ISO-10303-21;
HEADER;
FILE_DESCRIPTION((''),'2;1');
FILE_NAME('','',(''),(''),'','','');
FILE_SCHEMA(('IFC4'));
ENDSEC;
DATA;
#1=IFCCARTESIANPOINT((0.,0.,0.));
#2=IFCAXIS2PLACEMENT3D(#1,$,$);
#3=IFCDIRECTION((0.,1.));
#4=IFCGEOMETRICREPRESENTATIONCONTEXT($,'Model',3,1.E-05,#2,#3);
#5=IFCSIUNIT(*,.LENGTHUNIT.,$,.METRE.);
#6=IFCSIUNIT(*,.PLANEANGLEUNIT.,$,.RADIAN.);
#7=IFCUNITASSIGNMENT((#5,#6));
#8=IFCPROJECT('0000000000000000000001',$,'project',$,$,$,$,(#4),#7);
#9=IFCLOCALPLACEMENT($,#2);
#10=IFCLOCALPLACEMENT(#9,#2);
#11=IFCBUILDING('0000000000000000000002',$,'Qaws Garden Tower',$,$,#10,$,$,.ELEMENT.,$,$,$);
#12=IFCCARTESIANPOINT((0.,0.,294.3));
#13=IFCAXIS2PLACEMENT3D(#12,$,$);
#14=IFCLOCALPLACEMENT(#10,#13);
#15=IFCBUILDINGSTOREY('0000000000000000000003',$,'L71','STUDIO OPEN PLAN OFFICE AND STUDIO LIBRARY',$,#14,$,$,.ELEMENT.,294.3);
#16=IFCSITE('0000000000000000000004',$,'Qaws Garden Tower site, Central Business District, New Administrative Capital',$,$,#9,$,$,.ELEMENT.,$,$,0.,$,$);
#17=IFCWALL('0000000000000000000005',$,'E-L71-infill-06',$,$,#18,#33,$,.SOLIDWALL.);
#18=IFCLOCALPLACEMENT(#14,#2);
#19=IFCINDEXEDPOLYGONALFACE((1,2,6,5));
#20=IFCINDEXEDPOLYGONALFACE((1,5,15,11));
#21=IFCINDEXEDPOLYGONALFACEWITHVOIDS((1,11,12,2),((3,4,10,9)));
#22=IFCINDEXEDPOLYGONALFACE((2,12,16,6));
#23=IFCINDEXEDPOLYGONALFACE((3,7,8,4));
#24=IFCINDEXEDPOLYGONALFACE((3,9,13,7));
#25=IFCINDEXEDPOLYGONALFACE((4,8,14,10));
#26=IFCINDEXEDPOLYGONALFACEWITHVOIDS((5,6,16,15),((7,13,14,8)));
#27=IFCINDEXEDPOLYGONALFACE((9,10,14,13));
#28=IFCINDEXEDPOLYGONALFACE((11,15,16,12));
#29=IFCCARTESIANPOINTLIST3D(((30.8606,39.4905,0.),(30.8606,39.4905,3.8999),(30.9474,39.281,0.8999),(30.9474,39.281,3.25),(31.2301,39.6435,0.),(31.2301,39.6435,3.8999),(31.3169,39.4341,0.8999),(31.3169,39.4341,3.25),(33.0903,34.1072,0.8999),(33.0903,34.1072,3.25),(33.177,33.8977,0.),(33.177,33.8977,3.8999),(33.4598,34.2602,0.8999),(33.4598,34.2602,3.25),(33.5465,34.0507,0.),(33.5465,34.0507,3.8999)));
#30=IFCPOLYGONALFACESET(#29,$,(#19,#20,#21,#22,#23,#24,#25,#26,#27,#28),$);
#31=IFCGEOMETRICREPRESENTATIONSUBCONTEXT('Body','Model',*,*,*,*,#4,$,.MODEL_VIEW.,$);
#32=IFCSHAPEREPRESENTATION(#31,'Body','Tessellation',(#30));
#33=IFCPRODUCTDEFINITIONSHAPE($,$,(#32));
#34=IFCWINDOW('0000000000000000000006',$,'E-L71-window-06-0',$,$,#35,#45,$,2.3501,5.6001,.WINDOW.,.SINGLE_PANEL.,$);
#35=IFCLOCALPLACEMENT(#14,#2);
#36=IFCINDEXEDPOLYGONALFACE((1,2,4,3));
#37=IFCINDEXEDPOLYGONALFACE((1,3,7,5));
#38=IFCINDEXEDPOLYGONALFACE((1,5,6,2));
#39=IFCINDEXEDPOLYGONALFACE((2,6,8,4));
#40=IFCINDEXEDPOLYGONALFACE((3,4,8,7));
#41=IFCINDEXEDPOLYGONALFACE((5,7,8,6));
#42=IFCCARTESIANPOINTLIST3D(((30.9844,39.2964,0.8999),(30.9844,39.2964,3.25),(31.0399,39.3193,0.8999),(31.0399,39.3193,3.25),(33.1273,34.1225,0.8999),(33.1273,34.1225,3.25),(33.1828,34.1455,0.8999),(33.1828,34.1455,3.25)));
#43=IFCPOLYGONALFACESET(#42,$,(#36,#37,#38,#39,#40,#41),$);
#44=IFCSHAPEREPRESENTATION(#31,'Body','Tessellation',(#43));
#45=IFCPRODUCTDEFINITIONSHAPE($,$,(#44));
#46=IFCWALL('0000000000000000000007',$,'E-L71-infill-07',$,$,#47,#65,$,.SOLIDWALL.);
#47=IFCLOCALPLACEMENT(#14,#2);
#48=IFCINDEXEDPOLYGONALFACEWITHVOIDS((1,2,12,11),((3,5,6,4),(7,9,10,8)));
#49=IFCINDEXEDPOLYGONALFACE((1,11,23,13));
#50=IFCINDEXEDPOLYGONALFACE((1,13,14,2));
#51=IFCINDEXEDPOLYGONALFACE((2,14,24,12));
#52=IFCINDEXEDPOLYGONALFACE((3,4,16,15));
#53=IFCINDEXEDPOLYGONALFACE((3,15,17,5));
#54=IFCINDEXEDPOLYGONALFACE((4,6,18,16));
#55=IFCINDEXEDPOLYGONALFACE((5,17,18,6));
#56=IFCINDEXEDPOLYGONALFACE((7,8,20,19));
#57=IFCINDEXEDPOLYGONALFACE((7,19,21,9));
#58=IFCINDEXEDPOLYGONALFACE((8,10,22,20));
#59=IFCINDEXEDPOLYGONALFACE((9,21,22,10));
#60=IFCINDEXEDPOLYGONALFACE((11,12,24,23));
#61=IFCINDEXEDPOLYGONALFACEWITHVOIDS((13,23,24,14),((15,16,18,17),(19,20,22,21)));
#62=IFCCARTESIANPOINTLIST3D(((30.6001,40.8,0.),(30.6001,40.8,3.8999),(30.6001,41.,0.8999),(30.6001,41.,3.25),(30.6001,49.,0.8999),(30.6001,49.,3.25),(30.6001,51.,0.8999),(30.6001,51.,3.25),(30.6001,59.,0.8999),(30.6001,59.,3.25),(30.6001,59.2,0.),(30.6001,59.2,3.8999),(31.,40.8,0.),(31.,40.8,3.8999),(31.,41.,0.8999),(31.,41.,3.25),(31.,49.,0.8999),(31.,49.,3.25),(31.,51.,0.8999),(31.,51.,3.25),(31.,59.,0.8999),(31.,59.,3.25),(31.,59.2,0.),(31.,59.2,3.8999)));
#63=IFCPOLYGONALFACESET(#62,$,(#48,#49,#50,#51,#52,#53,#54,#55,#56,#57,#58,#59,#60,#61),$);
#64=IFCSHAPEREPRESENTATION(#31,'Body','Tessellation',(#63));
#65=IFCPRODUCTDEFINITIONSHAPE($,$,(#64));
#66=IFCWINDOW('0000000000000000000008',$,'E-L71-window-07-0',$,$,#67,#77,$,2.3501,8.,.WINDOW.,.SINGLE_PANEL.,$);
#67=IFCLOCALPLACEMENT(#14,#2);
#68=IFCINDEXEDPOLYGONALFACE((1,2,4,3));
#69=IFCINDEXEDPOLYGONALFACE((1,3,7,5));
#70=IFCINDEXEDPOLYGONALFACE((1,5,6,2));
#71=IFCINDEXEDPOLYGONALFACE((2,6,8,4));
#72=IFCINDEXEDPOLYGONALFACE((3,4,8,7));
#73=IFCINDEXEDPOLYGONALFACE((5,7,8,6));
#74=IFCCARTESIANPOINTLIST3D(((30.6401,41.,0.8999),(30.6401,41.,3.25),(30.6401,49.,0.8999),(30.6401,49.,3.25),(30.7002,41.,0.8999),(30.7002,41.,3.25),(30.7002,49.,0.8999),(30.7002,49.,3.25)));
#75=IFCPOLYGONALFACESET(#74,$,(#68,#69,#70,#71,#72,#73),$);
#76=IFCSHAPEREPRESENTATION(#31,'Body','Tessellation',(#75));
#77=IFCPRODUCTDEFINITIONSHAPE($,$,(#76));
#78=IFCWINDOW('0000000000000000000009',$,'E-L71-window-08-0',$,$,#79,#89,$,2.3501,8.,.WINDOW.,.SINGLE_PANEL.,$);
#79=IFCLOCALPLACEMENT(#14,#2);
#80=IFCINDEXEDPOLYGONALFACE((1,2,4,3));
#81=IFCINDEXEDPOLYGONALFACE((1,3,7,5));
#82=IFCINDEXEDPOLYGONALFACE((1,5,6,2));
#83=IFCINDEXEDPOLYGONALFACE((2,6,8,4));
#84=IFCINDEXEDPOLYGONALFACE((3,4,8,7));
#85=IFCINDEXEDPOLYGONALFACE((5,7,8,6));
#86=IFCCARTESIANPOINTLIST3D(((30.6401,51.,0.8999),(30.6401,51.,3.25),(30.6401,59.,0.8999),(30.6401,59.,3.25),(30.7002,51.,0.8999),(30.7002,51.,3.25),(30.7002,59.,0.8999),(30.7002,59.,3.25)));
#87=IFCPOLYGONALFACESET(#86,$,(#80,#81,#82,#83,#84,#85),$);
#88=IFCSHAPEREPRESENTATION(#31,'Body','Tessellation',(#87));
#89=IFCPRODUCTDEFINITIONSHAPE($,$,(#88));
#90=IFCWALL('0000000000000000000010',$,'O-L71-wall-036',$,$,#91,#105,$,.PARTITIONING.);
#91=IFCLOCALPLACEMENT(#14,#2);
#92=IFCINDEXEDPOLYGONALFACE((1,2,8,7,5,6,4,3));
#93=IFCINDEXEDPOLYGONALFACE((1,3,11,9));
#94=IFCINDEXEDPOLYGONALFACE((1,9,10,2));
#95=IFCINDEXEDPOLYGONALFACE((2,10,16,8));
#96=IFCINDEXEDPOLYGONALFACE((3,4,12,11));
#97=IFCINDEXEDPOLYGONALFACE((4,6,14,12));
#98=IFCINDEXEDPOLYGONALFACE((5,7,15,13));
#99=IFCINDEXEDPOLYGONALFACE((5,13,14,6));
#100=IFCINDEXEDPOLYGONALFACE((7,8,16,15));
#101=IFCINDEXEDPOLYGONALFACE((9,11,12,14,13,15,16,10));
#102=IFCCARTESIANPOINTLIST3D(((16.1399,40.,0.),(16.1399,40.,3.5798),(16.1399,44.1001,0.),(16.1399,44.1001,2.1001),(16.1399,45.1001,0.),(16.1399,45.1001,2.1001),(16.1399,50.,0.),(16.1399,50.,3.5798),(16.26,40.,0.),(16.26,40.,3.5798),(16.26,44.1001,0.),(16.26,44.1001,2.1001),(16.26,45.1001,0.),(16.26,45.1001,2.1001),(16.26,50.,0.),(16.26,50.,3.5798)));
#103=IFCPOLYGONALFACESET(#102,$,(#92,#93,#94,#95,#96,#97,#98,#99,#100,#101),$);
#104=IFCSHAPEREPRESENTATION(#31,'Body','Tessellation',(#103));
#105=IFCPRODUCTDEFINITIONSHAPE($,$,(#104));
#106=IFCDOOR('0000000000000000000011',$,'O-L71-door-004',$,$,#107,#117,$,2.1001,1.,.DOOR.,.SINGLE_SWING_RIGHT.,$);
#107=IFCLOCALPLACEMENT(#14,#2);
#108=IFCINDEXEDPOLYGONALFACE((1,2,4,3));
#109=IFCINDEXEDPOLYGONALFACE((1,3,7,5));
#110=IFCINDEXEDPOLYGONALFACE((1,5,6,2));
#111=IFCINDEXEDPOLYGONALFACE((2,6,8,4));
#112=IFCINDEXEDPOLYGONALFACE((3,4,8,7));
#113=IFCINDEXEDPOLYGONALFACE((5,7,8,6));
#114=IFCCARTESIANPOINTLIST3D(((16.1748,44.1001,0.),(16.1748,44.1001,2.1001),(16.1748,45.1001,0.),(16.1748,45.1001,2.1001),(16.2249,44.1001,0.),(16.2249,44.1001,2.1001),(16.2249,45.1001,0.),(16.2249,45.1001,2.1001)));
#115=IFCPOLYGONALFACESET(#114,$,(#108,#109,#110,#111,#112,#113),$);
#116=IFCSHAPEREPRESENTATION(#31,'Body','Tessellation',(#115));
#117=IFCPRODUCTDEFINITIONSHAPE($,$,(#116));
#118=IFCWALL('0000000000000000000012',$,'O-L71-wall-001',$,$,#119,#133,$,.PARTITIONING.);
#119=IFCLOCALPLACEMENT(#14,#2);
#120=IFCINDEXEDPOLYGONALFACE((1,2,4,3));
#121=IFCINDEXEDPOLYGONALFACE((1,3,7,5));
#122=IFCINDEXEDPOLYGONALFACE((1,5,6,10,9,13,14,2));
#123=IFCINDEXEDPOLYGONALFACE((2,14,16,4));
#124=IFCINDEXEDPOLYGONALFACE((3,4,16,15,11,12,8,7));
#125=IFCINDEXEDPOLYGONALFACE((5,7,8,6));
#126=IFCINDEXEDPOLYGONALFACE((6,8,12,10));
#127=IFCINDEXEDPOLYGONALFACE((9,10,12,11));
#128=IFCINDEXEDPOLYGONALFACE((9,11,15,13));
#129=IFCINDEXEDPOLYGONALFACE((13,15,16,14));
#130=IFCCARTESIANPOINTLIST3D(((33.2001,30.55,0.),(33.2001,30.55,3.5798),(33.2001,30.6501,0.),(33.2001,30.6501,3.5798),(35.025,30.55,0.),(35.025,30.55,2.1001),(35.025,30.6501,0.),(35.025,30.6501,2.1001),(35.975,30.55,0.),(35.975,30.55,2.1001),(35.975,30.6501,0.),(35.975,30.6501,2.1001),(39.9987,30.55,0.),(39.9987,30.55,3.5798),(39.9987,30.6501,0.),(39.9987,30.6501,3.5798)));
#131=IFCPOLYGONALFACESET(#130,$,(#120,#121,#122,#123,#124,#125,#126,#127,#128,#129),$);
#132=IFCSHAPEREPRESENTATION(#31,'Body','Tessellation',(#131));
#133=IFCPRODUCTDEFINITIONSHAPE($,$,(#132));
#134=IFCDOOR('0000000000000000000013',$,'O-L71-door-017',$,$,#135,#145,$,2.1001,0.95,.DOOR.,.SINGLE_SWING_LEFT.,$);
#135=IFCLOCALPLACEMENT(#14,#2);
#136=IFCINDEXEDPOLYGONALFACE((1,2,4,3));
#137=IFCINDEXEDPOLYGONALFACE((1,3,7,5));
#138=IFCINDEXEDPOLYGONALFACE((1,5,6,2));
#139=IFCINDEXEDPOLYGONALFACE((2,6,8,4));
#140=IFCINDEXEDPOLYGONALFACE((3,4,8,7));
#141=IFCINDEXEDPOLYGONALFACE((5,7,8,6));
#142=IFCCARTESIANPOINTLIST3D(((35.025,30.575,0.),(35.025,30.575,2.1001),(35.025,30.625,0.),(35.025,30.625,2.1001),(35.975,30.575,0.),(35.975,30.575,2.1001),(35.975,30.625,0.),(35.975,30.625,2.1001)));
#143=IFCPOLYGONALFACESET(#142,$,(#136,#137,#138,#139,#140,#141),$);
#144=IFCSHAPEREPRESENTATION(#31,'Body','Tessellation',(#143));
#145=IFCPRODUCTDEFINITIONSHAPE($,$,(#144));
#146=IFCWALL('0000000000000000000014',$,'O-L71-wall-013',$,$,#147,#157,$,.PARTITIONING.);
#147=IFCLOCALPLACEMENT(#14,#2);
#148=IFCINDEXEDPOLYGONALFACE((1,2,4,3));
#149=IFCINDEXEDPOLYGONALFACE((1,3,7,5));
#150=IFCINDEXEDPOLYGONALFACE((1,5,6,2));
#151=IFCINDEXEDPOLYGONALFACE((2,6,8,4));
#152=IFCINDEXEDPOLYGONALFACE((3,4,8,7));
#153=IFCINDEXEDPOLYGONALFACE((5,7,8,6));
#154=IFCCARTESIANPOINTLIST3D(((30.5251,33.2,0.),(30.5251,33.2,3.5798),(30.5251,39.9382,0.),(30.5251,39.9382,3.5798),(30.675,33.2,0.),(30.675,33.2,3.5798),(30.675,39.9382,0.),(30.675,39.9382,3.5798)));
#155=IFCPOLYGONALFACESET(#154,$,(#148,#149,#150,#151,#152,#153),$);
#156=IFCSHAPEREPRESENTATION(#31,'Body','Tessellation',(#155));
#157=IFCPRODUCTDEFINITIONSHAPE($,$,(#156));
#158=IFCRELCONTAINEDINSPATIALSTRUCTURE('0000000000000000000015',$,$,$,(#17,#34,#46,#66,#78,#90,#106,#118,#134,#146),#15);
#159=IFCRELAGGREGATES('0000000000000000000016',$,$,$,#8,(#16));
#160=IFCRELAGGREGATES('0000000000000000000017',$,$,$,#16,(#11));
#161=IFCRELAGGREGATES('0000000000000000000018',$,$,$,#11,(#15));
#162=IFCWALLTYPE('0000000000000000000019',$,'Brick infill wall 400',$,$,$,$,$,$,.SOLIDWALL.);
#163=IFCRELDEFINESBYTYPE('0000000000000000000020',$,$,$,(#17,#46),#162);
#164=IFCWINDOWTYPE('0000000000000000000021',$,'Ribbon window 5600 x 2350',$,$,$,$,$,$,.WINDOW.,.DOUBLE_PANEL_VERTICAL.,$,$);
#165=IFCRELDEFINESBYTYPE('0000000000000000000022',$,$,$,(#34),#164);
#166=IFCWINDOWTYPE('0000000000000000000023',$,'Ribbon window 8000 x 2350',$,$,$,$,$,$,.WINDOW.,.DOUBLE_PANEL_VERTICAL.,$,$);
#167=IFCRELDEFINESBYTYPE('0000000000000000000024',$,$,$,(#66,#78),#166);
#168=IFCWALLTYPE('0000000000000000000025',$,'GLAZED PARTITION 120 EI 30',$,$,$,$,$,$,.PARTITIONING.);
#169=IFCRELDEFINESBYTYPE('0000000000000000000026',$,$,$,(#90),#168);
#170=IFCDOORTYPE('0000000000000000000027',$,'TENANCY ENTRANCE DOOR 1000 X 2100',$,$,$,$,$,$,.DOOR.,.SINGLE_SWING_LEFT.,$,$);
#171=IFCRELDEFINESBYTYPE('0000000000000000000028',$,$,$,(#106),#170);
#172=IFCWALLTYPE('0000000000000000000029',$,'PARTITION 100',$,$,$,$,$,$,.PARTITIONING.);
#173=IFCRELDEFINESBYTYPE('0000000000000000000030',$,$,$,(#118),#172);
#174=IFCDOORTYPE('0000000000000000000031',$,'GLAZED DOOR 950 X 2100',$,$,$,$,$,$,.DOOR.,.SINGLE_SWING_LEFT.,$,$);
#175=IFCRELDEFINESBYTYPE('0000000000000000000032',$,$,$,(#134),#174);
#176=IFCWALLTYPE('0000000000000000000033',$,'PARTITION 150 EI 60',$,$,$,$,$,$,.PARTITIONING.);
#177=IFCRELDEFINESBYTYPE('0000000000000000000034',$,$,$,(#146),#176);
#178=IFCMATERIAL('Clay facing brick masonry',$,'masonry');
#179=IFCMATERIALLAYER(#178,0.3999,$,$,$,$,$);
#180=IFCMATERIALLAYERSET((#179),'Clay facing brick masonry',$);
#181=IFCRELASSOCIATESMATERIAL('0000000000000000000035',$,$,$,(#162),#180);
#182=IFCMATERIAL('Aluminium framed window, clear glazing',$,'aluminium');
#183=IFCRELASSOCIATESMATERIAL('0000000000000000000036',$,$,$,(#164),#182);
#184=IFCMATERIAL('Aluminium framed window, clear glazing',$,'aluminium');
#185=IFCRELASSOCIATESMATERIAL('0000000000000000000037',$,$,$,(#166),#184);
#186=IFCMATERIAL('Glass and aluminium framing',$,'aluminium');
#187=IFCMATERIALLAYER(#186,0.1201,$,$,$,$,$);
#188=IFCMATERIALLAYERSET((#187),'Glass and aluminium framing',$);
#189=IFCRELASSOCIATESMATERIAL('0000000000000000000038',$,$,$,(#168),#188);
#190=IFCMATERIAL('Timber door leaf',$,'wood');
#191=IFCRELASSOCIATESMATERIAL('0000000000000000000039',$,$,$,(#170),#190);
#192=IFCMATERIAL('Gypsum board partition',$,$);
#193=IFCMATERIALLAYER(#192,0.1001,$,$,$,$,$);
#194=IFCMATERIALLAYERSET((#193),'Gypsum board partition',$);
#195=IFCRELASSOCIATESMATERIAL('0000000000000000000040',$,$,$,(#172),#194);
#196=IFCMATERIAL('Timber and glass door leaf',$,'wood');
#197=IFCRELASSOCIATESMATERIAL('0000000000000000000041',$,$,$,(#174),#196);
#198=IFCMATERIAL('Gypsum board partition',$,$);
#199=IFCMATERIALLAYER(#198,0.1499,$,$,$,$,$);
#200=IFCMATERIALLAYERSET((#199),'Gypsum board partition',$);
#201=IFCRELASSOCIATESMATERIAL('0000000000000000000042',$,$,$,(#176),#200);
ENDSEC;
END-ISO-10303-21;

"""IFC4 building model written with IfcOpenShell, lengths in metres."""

from ifc_helpers import new_model, si_unit, direction, frame, frame_2d, origin, place, context, subcontext, project, spatial, rectangle, extrude, material, layer, layer_set, type_object, element, fill, save


model = new_model("IFC4")

# Units and contexts
model_context = context("Model", 3, precision=1e-05, world=origin(), true_north=direction((0.0, 1.0)))
body_context = subcontext(model_context, "Body", "Model", "MODEL_VIEW")
ifc_project = project(units=[si_unit("LENGTHUNIT", "METRE"), si_unit("PLANEANGLEUNIT", "RADIAN")], contexts=[model_context])

# Site, building, storey
site_placement = place(None, origin())
site = spatial("IfcSite", under=ifc_project, at=site_placement, Name="Qaws Garden Tower site, Central Business District, New Administrative Capital", CompositionType="ELEMENT", RefElevation=0.0)
building_placement = place(site_placement, origin())
building = spatial("IfcBuilding", under=site, at=building_placement, Name="Qaws Garden Tower", CompositionType="ELEMENT")
storey_placement = place(building_placement, frame((0.0, 0.0, 294.3)))
storey = spatial("IfcBuildingStorey", under=building, at=storey_placement, Name="L71", Description="STUDIO OPEN PLAN OFFICE AND STUDIO LIBRARY", CompositionType="ELEMENT", Elevation=294.3)

# Wall, opening, window
ifc_material_1 = material(Name="Clay facing brick masonry", Category="masonry")
ifc_layer_1 = layer(ifc_material_1, 0.3999)
ifc_layer_set_1 = layer_set([ifc_layer_1], Name="Clay facing brick masonry")
wall_type_1 = type_object("IfcWallType", Name="Brick infill wall 400", PredefinedType="SOLIDWALL", material=ifc_layer_set_1)
ifc_material_2 = material(Name="Aluminium framed window, clear glazing", Category="aluminium")
window_type_1 = type_object("IfcWindowType", Name="Ribbon window 5600 x 2350", PartitioningType="DOUBLE_PANEL_VERTICAL", PredefinedType="WINDOW", material=ifc_material_2)
wall_1_placement = place(storey_placement, frame((33.3618, 33.9741, 0.0), z_axis=(0.0, 0.0, 1.0), x_axis=(-0.382656, 0.923891, 0.0)))
wall_1 = element("IfcWall", 1, at=wall_1_placement, inside=storey, type_object=wall_type_1, Name="E-L71-infill-06", PredefinedType="SOLIDWALL", context=body_context, shape_type="SweptSolid", body=[
    extrude(rectangle(XDim=6.0535, YDim=0.3999, at=frame_2d((3.0269, 0.0))), origin(), (0.0, 0.0, 1.0), 3.8999),
])
opening_1_placement = place(wall_1_placement, frame((0.2268, 0.0, 0.8999)))
opening_1 = element("IfcOpeningElement", 2, at=opening_1_placement, cuts=wall_1, PredefinedType="OPENING", context=body_context, shape_type="SweptSolid", body=[
    extrude(rectangle(XDim=5.6001, YDim=2.3501, at=frame_2d((2.8, 1.175))), frame((0.0, 0.21, 0.0), z_axis=(0.0, -1.0, 0.0), x_axis=(1.0, 0.0, 0.0)), (0.0, 0.0, 1.0), 0.4199),
])
window_1_placement = place(opening_1_placement, origin())
window_1 = element("IfcWindow", 3, at=window_1_placement, inside=storey, type_object=window_type_1, Name="E-L71-window-06-0", OverallHeight=2.3501, OverallWidth=5.6001, PartitioningType="SINGLE_PANEL", PredefinedType="WINDOW", context=body_context, shape_type="SweptSolid", body=[
    extrude(rectangle(XDim=5.6001, YDim=2.3501, at=frame_2d((2.8, 1.175))), frame((0.0, 0.1599, 0.0), z_axis=(0.0, -1.0, 0.0), x_axis=(1.0, 0.0, 0.0)), (0.0, 0.0, 1.0), 0.0601),
])
fill(opening_1, window_1)

# Wall, openings, windows
wall_2_placement = place(storey_placement, frame((30.8, 40.8, 0.0), z_axis=(0.0, 0.0, 1.0), x_axis=(0.0, 1.0, 0.0)))
wall_2 = element("IfcWall", 4, at=wall_2_placement, inside=storey, type_object=wall_type_1, Name="E-L71-infill-07", PredefinedType="SOLIDWALL", context=body_context, shape_type="SweptSolid", body=[
    extrude(rectangle(XDim=18.3999, YDim=0.3999, at=frame_2d((9.2, 0.0))), origin(), (0.0, 0.0, 1.0), 3.8999),
])
opening_2_placement = place(wall_2_placement, frame((0.2, 0.0, 0.8999)))
opening_2 = element("IfcOpeningElement", 5, at=opening_2_placement, cuts=wall_2, PredefinedType="OPENING", context=body_context, shape_type="SweptSolid", body=[
    extrude(rectangle(XDim=8.0, YDim=2.3501, at=frame_2d((4.0, 1.175))), frame((0.0, 0.21, 0.0), z_axis=(0.0, -1.0, 0.0), x_axis=(1.0, 0.0, 0.0)), (0.0, 0.0, 1.0), 0.4199),
])
opening_3_placement = place(wall_2_placement, frame((10.2, 0.0, 0.8999)))
opening_3 = element("IfcOpeningElement", 6, at=opening_3_placement, cuts=wall_2, PredefinedType="OPENING", context=body_context, shape_type="SweptSolid", body=[
    extrude(rectangle(XDim=8.0, YDim=2.3501, at=frame_2d((4.0, 1.175))), frame((0.0, 0.21, 0.0), z_axis=(0.0, -1.0, 0.0), x_axis=(1.0, 0.0, 0.0)), (0.0, 0.0, 1.0), 0.4199),
])
ifc_material_3 = material(Name="Aluminium framed window, clear glazing", Category="aluminium")
window_type_2 = type_object("IfcWindowType", Name="Ribbon window 8000 x 2350", PartitioningType="DOUBLE_PANEL_VERTICAL", PredefinedType="WINDOW", material=ifc_material_3)
window_2_placement = place(opening_2_placement, origin())
window_2 = element("IfcWindow", 7, at=window_2_placement, inside=storey, type_object=window_type_2, Name="E-L71-window-07-0", OverallHeight=2.3501, OverallWidth=8.0, PartitioningType="SINGLE_PANEL", PredefinedType="WINDOW", context=body_context, shape_type="SweptSolid", body=[
    extrude(rectangle(XDim=8.0, YDim=2.3501, at=frame_2d((4.0, 1.175))), frame((0.0, 0.1599, 0.0), z_axis=(0.0, -1.0, 0.0), x_axis=(1.0, 0.0, 0.0)), (0.0, 0.0, 1.0), 0.0601),
])
fill(opening_2, window_2)
window_3_placement = place(opening_3_placement, origin())
window_3 = element("IfcWindow", 8, at=window_3_placement, inside=storey, type_object=window_type_2, Name="E-L71-window-08-0", OverallHeight=2.3501, OverallWidth=8.0, PartitioningType="SINGLE_PANEL", PredefinedType="WINDOW", context=body_context, shape_type="SweptSolid", body=[
    extrude(rectangle(XDim=8.0, YDim=2.3501, at=frame_2d((4.0, 1.175))), frame((0.0, 0.1599, 0.0), z_axis=(0.0, -1.0, 0.0), x_axis=(1.0, 0.0, 0.0)), (0.0, 0.0, 1.0), 0.0601),
])
fill(opening_3, window_3)

# Walls, openings, doors
ifc_material_4 = material(Name="Glass and aluminium framing", Category="aluminium")
ifc_layer_2 = layer(ifc_material_4, 0.1201)
ifc_layer_set_2 = layer_set([ifc_layer_2], Name="Glass and aluminium framing")
wall_type_2 = type_object("IfcWallType", Name="GLAZED PARTITION 120 EI 30", PredefinedType="PARTITIONING", material=ifc_layer_set_2)
wall_3_placement = place(storey_placement, frame((16.2, 40.0, 0.0), z_axis=(0.0, 0.0, 1.0), x_axis=(0.0, 1.0, 0.0)))
wall_3 = element("IfcWall", 9, at=wall_3_placement, inside=storey, type_object=wall_type_2, Name="O-L71-wall-036", PredefinedType="PARTITIONING", context=body_context, shape_type="SweptSolid", body=[
    extrude(rectangle(XDim=10.0, YDim=0.1201, at=frame_2d((5.0, 0.0))), origin(), (0.0, 0.0, 1.0), 3.5798),
])
opening_4_placement = place(wall_3_placement, frame((4.1001, 0.0, 0.0)))
opening_4 = element("IfcOpeningElement", 10, at=opening_4_placement, cuts=wall_3, PredefinedType="OPENING", context=body_context, shape_type="SweptSolid", body=[
    extrude(rectangle(XDim=1.0, YDim=2.1001, at=frame_2d((0.5, 1.05))), frame((0.0, 0.0701, 0.0), z_axis=(0.0, -1.0, 0.0), x_axis=(1.0, 0.0, 0.0)), (0.0, 0.0, 1.0), 0.1401),
])
ifc_material_5 = material(Name="Timber door leaf", Category="wood")
door_type_1 = type_object("IfcDoorType", Name="TENANCY ENTRANCE DOOR 1000 X 2100", OperationType="SINGLE_SWING_LEFT", PredefinedType="DOOR", material=ifc_material_5)
door_1_placement = place(opening_4_placement, frame((1.0, 0.0, 0.0), z_axis=(0.0, 0.0, 1.0), x_axis=(-1.0, 0.0, 0.0)))
door_1 = element("IfcDoor", 11, at=door_1_placement, inside=storey, type_object=door_type_1, Name="O-L71-door-004", OperationType="SINGLE_SWING_RIGHT", OverallHeight=2.1001, OverallWidth=1.0, PredefinedType="DOOR", context=body_context, shape_type="SweptSolid", body=[
    extrude(rectangle(XDim=1.0, YDim=2.1001, at=frame_2d((0.5, 1.05))), frame((0.0, 0.0249, 0.0), z_axis=(0.0, -1.0, 0.0), x_axis=(1.0, 0.0, 0.0)), (0.0, 0.0, 1.0), 0.05),
])
fill(opening_4, door_1)
ifc_material_6 = material(Name="Gypsum board partition")
ifc_layer_3 = layer(ifc_material_6, 0.1001)
ifc_layer_set_3 = layer_set([ifc_layer_3], Name="Gypsum board partition")
wall_type_3 = type_object("IfcWallType", Name="PARTITION 100", PredefinedType="PARTITIONING", material=ifc_layer_set_3)
wall_4_placement = place(storey_placement, frame((33.2, 30.6001, 0.0), z_axis=(0.0, 0.0, 1.0), x_axis=(1.0, 0.0, 0.0)))
wall_4 = element("IfcWall", 12, at=wall_4_placement, inside=storey, type_object=wall_type_3, Name="O-L71-wall-001", PredefinedType="PARTITIONING", context=body_context, shape_type="SweptSolid", body=[
    extrude(rectangle(XDim=6.7986, YDim=0.1001, at=frame_2d((3.3994, 0.0))), origin(), (0.0, 0.0, 1.0), 3.5798),
])
opening_5_placement = place(wall_4_placement, frame((1.825, 0.0, 0.0)))
opening_5 = element("IfcOpeningElement", 13, at=opening_5_placement, cuts=wall_4, PredefinedType="OPENING", context=body_context, shape_type="SweptSolid", body=[
    extrude(rectangle(XDim=0.95, YDim=2.1001, at=frame_2d((0.4751, 1.05))), frame((0.0, 0.0601, 0.0), z_axis=(0.0, -1.0, 0.0), x_axis=(1.0, 0.0, 0.0)), (0.0, 0.0, 1.0), 0.1201),
])
ifc_material_7 = material(Name="Timber and glass door leaf", Category="wood")
door_type_2 = type_object("IfcDoorType", Name="GLAZED DOOR 950 X 2100", OperationType="SINGLE_SWING_LEFT", PredefinedType="DOOR", material=ifc_material_7)
door_2_placement = place(opening_5_placement, origin())
door_2 = element("IfcDoor", 14, at=door_2_placement, inside=storey, type_object=door_type_2, Name="O-L71-door-017", OperationType="SINGLE_SWING_LEFT", OverallHeight=2.1001, OverallWidth=0.95, PredefinedType="DOOR", context=body_context, shape_type="SweptSolid", body=[
    extrude(rectangle(XDim=0.95, YDim=2.1001, at=frame_2d((0.4751, 1.05))), frame((0.0, 0.0249, 0.0), z_axis=(0.0, -1.0, 0.0), x_axis=(1.0, 0.0, 0.0)), (0.0, 0.0, 1.0), 0.05),
])
fill(opening_5, door_2)

# Wall
ifc_material_8 = material(Name="Gypsum board partition")
ifc_layer_4 = layer(ifc_material_8, 0.1499)
ifc_layer_set_4 = layer_set([ifc_layer_4], Name="Gypsum board partition")
wall_type_4 = type_object("IfcWallType", Name="PARTITION 150 EI 60", PredefinedType="PARTITIONING", material=ifc_layer_set_4)
wall_5_placement = place(storey_placement, frame((30.6001, 33.2, 0.0), z_axis=(0.0, 0.0, 1.0), x_axis=(0.0, 1.0, 0.0)))
element("IfcWall", 15, at=wall_5_placement, inside=storey, type_object=wall_type_4, Name="O-L71-wall-013", PredefinedType="PARTITIONING", context=body_context, shape_type="SweptSolid", body=[
    extrude(rectangle(XDim=6.7383, YDim=0.1499, at=frame_2d((3.3691, 0.0))), origin(), (0.0, 0.0, 1.0), 3.5798),
])

save(model, "model.ifc")
